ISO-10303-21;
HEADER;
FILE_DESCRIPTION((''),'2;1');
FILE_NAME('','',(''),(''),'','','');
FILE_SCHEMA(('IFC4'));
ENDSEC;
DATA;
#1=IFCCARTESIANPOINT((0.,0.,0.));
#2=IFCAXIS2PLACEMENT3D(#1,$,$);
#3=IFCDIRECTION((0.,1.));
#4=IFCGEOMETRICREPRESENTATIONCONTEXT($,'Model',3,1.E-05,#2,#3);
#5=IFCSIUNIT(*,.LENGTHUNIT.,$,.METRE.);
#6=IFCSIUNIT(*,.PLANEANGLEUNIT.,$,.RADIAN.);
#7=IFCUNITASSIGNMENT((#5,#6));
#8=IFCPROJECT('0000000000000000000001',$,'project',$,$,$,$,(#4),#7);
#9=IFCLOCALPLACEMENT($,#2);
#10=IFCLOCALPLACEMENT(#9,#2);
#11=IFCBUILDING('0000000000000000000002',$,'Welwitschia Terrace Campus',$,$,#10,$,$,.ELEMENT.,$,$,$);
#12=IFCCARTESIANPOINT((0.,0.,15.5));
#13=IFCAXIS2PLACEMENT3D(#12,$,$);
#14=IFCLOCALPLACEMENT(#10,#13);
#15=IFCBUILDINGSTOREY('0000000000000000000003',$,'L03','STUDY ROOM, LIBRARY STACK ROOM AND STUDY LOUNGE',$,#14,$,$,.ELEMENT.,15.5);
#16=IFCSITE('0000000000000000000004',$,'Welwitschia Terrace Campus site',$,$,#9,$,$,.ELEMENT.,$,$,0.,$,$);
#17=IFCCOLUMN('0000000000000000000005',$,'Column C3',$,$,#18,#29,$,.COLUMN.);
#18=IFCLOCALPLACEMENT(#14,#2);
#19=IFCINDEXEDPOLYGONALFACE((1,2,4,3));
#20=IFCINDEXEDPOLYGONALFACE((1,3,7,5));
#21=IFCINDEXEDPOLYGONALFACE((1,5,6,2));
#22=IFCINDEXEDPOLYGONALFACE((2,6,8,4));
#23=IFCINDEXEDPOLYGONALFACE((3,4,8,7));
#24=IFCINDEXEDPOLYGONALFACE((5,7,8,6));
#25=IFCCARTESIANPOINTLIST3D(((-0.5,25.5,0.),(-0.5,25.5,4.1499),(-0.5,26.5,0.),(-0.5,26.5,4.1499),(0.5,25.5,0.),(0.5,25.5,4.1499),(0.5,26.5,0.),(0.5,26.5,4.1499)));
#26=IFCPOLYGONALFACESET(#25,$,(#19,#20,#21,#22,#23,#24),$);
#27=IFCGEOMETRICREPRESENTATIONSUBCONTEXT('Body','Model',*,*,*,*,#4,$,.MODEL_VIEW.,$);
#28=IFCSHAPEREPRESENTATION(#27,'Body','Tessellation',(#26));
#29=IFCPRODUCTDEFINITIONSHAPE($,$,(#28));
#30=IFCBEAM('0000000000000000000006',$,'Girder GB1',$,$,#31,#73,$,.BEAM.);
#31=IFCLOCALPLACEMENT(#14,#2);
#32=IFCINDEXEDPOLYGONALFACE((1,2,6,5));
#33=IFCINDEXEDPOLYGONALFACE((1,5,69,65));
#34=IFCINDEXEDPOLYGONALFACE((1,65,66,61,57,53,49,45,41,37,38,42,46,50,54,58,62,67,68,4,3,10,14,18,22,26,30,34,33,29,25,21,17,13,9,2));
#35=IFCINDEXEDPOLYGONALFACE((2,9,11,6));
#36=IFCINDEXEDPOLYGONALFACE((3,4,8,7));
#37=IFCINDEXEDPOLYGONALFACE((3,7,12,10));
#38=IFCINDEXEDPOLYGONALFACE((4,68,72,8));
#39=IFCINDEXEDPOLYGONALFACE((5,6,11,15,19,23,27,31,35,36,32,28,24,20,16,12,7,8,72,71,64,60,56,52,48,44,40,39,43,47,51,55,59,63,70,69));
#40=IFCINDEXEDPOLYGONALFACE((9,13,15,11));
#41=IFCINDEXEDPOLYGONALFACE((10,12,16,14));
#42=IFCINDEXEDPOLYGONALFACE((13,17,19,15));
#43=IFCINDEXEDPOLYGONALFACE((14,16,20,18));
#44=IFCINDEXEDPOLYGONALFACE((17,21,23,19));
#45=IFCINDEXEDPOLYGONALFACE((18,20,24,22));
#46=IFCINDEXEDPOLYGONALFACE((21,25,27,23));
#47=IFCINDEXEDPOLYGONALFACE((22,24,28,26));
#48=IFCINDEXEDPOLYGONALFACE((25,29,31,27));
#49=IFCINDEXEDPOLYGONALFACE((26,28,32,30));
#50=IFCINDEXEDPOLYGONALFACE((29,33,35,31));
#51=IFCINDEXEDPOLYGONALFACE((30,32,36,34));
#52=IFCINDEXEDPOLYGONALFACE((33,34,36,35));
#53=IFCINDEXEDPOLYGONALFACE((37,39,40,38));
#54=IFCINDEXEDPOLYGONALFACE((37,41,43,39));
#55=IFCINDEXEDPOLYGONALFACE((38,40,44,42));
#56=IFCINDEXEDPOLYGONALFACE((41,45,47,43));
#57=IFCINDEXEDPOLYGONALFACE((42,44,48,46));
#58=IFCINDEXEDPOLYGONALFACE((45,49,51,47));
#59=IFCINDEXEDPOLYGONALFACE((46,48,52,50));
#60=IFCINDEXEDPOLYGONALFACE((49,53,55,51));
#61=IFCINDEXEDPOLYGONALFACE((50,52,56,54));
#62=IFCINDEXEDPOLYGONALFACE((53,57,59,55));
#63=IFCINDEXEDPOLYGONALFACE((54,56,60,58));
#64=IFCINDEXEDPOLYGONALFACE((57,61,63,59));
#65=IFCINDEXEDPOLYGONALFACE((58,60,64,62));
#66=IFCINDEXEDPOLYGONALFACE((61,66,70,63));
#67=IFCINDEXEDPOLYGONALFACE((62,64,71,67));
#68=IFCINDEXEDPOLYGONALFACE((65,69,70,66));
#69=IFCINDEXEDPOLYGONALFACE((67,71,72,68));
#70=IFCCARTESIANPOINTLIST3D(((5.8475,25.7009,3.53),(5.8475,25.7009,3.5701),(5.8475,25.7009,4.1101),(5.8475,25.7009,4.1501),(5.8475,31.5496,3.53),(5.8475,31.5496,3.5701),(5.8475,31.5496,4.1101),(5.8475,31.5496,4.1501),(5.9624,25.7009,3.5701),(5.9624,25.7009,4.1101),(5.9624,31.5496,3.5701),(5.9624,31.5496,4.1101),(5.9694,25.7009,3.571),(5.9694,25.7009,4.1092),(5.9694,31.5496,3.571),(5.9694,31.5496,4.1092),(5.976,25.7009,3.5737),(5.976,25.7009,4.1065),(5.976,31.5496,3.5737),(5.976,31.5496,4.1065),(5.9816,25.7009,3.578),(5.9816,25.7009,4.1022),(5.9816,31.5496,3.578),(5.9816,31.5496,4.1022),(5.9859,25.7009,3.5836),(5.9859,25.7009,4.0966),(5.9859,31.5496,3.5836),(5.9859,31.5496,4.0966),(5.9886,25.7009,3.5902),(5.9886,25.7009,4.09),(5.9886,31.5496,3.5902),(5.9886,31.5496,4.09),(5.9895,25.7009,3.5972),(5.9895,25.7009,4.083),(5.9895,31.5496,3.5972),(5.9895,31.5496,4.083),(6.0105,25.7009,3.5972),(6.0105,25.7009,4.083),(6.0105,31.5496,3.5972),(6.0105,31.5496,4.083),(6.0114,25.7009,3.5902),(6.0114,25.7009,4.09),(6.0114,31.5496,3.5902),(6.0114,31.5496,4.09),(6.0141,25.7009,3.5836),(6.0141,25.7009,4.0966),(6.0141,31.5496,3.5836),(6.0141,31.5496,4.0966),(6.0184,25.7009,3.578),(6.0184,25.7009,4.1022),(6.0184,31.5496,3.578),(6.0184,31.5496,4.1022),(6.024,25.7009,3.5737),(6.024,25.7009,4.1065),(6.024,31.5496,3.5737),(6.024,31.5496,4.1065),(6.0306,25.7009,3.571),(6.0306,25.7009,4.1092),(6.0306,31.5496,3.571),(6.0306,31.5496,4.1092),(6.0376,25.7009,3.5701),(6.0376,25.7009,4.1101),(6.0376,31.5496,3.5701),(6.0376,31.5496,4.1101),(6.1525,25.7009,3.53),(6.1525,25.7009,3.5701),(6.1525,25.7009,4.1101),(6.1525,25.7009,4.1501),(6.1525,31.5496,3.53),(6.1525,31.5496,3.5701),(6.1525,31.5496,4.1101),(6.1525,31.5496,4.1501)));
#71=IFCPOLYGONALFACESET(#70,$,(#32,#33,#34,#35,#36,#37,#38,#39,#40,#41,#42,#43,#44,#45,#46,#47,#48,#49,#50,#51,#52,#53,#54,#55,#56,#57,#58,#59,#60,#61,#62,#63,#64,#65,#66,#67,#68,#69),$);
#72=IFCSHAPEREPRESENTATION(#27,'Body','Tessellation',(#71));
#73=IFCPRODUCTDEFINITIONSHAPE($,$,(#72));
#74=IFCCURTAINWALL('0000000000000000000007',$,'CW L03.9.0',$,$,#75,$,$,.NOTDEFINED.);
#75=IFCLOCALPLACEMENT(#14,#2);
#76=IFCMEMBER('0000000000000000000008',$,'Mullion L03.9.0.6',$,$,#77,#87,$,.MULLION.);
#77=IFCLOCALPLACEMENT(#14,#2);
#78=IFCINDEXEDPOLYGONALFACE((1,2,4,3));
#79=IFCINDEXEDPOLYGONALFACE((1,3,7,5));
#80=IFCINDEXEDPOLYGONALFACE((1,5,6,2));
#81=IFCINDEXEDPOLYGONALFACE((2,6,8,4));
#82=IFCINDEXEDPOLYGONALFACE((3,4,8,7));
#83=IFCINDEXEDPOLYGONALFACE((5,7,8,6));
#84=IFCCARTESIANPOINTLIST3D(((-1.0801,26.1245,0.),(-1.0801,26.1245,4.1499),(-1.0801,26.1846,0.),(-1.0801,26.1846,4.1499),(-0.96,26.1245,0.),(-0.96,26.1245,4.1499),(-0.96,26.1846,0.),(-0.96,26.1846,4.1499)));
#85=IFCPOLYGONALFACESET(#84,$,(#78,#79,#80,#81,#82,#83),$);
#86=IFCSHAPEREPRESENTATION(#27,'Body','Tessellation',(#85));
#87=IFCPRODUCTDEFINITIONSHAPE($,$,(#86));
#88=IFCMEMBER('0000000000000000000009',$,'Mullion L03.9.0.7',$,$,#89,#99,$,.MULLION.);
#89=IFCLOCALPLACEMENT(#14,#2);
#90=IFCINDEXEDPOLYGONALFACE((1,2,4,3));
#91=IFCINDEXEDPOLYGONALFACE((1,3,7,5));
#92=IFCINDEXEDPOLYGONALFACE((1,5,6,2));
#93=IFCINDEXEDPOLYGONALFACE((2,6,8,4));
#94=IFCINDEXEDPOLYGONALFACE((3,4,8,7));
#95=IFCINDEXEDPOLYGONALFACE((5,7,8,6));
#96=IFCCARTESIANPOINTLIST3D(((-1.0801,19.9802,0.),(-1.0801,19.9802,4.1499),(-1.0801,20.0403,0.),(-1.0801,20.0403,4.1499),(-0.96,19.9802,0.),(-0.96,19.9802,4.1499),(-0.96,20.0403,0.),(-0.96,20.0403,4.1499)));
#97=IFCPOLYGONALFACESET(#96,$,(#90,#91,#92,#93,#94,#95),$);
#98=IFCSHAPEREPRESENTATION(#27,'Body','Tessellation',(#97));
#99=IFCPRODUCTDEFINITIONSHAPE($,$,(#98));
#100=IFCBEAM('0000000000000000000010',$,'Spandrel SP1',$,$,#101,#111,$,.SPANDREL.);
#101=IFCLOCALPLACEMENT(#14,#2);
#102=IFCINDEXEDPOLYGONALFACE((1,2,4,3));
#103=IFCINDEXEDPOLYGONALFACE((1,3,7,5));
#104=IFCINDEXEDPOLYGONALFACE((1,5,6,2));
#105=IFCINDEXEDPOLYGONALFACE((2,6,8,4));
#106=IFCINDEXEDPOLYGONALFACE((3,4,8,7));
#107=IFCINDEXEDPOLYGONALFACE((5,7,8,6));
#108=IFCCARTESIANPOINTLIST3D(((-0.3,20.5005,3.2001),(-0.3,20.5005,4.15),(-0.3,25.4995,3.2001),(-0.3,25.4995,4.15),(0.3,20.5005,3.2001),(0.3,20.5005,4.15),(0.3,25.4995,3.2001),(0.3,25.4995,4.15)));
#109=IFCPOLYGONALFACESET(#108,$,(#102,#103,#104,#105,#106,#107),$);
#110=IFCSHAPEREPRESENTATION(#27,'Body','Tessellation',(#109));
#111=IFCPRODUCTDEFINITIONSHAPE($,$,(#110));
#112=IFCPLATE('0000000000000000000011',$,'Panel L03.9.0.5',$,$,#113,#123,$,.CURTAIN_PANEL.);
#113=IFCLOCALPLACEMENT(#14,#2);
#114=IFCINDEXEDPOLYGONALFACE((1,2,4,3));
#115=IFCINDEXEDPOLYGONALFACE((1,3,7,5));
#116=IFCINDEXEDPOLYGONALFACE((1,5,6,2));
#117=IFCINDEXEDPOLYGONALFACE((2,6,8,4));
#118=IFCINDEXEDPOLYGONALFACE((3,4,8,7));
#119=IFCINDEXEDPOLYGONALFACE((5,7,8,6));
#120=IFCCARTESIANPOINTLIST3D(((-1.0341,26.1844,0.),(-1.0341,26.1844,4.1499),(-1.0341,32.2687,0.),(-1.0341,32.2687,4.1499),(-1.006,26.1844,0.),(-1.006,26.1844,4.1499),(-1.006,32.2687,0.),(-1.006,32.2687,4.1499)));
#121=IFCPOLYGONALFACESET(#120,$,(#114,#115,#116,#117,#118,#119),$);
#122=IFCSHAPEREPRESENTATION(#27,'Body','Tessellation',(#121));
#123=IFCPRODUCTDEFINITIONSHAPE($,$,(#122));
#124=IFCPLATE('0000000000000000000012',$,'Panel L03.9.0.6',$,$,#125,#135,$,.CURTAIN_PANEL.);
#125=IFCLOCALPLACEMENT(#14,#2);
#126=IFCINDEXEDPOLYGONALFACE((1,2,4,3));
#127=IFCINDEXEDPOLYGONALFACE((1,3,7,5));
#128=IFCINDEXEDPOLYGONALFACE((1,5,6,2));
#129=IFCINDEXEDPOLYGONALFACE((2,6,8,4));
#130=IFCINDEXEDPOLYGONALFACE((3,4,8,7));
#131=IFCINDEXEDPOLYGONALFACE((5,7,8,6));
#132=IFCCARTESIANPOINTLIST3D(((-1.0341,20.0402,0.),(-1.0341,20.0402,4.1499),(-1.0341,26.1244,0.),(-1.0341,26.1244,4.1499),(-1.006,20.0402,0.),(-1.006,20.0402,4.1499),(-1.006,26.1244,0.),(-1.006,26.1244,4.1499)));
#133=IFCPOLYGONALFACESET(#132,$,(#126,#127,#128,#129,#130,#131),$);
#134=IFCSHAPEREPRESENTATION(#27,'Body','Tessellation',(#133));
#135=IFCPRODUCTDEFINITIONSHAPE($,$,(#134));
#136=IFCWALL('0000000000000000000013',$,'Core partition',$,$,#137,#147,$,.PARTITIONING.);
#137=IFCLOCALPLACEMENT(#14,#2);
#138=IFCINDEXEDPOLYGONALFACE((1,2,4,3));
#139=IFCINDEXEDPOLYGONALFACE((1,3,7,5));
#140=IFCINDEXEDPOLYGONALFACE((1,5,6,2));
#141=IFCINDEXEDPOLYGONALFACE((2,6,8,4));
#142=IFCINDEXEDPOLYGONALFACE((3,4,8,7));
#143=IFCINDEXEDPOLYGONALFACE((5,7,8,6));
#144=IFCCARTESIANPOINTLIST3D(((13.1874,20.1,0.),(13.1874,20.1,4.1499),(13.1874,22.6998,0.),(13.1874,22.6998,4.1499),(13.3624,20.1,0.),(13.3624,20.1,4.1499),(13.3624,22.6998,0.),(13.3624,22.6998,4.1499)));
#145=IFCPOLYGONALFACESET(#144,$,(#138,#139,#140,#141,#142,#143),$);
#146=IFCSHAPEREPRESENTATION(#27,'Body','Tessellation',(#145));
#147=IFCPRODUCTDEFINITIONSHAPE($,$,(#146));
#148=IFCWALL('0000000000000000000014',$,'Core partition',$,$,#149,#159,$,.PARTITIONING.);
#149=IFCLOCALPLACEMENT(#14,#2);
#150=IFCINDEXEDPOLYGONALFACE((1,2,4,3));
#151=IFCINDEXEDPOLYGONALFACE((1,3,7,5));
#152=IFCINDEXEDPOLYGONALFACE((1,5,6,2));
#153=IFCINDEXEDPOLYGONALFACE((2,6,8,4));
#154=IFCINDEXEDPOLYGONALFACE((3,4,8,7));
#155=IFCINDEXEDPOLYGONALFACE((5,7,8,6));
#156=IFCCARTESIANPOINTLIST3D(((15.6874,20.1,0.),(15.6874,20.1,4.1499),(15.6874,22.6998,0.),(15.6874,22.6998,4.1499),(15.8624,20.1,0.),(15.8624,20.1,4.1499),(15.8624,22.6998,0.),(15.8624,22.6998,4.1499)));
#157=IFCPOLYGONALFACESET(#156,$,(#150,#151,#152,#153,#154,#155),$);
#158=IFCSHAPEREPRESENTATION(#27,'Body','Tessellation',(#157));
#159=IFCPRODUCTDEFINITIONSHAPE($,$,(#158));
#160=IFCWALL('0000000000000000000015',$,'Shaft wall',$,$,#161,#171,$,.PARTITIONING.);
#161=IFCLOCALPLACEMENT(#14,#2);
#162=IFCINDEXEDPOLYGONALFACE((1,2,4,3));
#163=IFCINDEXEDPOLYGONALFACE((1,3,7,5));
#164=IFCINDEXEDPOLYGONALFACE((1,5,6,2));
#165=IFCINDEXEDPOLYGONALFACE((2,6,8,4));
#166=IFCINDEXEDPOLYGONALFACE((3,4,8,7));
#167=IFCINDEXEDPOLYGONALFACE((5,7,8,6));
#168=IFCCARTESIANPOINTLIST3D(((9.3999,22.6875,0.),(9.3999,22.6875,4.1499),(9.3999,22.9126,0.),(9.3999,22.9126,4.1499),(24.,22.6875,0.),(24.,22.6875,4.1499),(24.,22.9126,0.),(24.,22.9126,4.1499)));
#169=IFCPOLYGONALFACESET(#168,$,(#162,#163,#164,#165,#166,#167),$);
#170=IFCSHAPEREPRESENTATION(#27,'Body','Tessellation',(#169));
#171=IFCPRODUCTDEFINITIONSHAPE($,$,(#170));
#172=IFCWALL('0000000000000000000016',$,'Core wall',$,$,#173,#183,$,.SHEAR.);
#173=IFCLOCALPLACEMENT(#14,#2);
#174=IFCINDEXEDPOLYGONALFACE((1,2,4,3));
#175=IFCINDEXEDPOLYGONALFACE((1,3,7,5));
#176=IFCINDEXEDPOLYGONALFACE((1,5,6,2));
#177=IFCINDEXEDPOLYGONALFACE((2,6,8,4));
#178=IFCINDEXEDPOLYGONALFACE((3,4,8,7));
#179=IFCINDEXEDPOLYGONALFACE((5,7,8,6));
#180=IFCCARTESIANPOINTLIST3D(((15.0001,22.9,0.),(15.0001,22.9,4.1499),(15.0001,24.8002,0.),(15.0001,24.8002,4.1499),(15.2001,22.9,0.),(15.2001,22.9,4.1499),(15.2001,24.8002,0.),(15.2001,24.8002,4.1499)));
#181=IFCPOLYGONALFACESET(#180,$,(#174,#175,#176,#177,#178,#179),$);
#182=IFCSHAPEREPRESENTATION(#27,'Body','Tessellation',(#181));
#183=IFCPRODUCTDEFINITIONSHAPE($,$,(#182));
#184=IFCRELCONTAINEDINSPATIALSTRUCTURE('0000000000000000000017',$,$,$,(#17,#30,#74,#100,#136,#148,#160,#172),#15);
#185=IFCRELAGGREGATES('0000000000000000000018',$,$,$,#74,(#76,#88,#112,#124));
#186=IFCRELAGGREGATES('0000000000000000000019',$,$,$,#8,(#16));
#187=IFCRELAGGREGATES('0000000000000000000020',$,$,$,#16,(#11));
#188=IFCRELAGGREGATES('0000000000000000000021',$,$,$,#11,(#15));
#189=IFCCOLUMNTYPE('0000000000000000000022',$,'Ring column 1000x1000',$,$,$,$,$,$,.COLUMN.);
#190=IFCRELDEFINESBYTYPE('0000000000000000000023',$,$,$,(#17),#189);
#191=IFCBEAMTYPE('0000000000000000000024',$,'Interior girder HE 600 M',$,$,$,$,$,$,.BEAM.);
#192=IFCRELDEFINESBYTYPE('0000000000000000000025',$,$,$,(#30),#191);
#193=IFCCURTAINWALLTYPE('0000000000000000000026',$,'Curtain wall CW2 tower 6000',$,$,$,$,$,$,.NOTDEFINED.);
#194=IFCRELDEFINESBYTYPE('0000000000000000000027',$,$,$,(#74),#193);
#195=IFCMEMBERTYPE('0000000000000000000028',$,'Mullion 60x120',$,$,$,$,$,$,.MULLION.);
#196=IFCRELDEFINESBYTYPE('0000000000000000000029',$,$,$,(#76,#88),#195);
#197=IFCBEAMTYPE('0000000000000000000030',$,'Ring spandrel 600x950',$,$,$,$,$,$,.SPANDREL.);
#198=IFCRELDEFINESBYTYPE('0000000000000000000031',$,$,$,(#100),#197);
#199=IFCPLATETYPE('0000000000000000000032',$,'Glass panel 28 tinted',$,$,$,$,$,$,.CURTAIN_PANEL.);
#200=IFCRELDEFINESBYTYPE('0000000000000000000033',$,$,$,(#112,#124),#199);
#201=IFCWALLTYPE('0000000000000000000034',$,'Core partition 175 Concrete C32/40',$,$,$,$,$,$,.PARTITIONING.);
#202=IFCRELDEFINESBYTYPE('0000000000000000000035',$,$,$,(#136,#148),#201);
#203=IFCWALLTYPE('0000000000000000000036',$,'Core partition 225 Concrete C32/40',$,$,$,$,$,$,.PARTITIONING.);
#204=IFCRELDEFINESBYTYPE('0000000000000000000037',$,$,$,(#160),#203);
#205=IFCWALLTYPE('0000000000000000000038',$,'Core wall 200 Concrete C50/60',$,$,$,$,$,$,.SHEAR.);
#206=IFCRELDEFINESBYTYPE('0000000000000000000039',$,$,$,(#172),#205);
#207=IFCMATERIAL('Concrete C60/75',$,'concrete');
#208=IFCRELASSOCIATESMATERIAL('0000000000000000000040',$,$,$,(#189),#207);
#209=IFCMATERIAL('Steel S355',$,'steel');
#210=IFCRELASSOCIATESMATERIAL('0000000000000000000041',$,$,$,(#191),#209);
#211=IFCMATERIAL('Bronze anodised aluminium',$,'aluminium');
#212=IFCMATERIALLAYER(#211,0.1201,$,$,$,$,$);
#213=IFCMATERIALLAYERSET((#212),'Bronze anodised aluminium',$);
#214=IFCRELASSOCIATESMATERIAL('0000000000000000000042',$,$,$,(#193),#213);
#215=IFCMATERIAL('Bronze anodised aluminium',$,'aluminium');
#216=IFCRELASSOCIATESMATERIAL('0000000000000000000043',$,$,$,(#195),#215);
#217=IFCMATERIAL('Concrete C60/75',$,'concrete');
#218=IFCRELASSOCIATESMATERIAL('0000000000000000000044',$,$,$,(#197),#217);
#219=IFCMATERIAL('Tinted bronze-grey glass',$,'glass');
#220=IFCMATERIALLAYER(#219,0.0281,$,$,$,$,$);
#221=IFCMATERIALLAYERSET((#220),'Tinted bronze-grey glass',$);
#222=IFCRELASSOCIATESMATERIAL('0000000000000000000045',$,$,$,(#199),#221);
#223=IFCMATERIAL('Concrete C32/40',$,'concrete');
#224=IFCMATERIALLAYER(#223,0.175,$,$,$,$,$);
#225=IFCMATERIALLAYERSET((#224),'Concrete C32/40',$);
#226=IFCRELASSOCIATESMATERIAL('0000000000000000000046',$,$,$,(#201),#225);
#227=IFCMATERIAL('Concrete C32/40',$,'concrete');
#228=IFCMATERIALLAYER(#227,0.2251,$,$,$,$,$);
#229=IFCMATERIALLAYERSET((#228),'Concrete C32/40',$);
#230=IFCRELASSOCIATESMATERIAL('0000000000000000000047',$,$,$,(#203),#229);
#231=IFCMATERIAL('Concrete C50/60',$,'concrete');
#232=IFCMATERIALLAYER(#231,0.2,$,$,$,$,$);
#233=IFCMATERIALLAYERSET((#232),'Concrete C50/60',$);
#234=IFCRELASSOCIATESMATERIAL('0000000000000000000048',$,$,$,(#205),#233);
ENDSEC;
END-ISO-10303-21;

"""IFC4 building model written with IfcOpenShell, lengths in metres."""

from ifc_helpers import new_model, si_unit, direction, frame, frame_2d, origin, origin_2d, place, context, subcontext, project, spatial, rectangle, i_section, extrude, material, layer, layer_set, material_profile, profile_set, type_object, element, aggregate, save


model = new_model("IFC4")

# Units and contexts
model_context = context("Model", 3, precision=1e-05, world=origin(), true_north=direction((0.0, 1.0)))
body_context = subcontext(model_context, "Body", "Model", "MODEL_VIEW")
ifc_project = project(units=[si_unit("LENGTHUNIT", "METRE"), si_unit("PLANEANGLEUNIT", "RADIAN")], contexts=[model_context])

# Site, building, storey
site_placement = place(None, origin())
site = spatial("IfcSite", under=ifc_project, at=site_placement, Name="Welwitschia Terrace Campus site", CompositionType="ELEMENT", RefElevation=0.0)
building_placement = place(site_placement, origin())
building = spatial("IfcBuilding", under=site, at=building_placement, Name="Welwitschia Terrace Campus", CompositionType="ELEMENT")
storey_placement = place(building_placement, frame((0.0, 0.0, 15.5)))
storey = spatial("IfcBuildingStorey", under=building, at=storey_placement, Name="L03", Description="STUDY ROOM, LIBRARY STACK ROOM AND STUDY LOUNGE", CompositionType="ELEMENT", Elevation=15.5)

# Column
ifc_material_1 = material(Name="Concrete C60/75", Category="concrete")
ifc_material_profile_1 = material_profile(ifc_material_1, rectangle(XDim=1.0, YDim=1.0, at=origin_2d()))
ifc_profile_set_1 = profile_set([ifc_material_profile_1], Name="Concrete C60/75")
column_type = type_object("IfcColumnType", Name="Ring column 1000x1000", PredefinedType="COLUMN", material=ifc_profile_set_1)
column_placement = place(storey_placement, frame((0.0, 26.0, 0.0), z_axis=(0.0, 0.0, 1.0), x_axis=(1.0, 0.0, 0.0)))
element("IfcColumn", 1, at=column_placement, inside=storey, type_object=column_type, Name="Column C3", PredefinedType="COLUMN", context=body_context, shape_type="SweptSolid", body=[
    extrude(rectangle(XDim=1.0, YDim=1.0, at=origin_2d()), origin(), (0.0, 0.0, 1.0), 4.1499),
])

# Beam
ifc_material_2 = material(Name="Steel S355", Category="steel")
ifc_material_profile_2 = material_profile(ifc_material_2, i_section(OverallWidth=0.3049, OverallDepth=0.6201, WebThickness=0.021, FlangeThickness=0.04, FilletRadius=0.0271, at=origin_2d()))
ifc_profile_set_2 = profile_set([ifc_material_profile_2], Name="Steel S355")
beam_type_1 = type_object("IfcBeamType", Name="Interior girder HE 600 M", PredefinedType="BEAM", material=ifc_profile_set_2)
beam_1_placement = place(storey_placement, frame((6.0, 25.7009, 3.8401), z_axis=(0.0, 1.0, 0.0), x_axis=(-1.0, 0.0, 0.0)))
element("IfcBeam", 2, at=beam_1_placement, inside=storey, type_object=beam_type_1, Name="Girder GB1", PredefinedType="BEAM", context=body_context, shape_type="SweptSolid", body=[
    extrude(i_section(OverallWidth=0.3049, OverallDepth=0.6201, WebThickness=0.021, FlangeThickness=0.04, FilletRadius=0.0271, at=origin_2d()), origin(), (0.0, 0.0, 1.0), 5.8486),
])

# Curtain wall, members
ifc_material_3 = material(Name="Bronze anodised aluminium", Category="aluminium")
ifc_layer_1 = layer(ifc_material_3, 0.1201)
ifc_layer_set_1 = layer_set([ifc_layer_1], Name="Bronze anodised aluminium")
curtain_wall_type = type_object("IfcCurtainWallType", Name="Curtain wall CW2 tower 6000", PredefinedType="NOTDEFINED", material=ifc_layer_set_1)
curtain_wall_placement = place(storey_placement, origin())
curtain_wall = element("IfcCurtainWall", 3, at=curtain_wall_placement, inside=storey, type_object=curtain_wall_type, Name="CW L03.9.0", PredefinedType="NOTDEFINED")
ifc_material_4 = material(Name="Bronze anodised aluminium", Category="aluminium")
ifc_material_profile_3 = material_profile(ifc_material_4, rectangle(XDim=0.1201, YDim=0.0601, at=origin_2d()))
ifc_profile_set_3 = profile_set([ifc_material_profile_3], Name="Bronze anodised aluminium")
member_type = type_object("IfcMemberType", Name="Mullion 60x120", PredefinedType="MULLION", material=ifc_profile_set_3)
member_1_placement = place(storey_placement, frame((-1.02, 26.1545, 0.0), z_axis=(0.0, 0.0, 1.0), x_axis=(1.0, 0.0, 0.0)))
member_1 = element("IfcMember", 4, at=member_1_placement, type_object=member_type, Name="Mullion L03.9.0.6", PredefinedType="MULLION", context=body_context, shape_type="SweptSolid", body=[
    extrude(rectangle(XDim=0.1201, YDim=0.0601, at=origin_2d()), origin(), (0.0, 0.0, 1.0), 4.1499),
])
member_2_placement = place(storey_placement, frame((-1.02, 20.0103, 0.0), z_axis=(0.0, 0.0, 1.0), x_axis=(1.0, 0.0, 0.0)))
member_2 = element("IfcMember", 5, at=member_2_placement, type_object=member_type, Name="Mullion L03.9.0.7", PredefinedType="MULLION", context=body_context, shape_type="SweptSolid", body=[
    extrude(rectangle(XDim=0.1201, YDim=0.0601, at=origin_2d()), origin(), (0.0, 0.0, 1.0), 4.1499),
])

# Beam
ifc_material_5 = material(Name="Concrete C60/75", Category="concrete")
ifc_material_profile_4 = material_profile(ifc_material_5, rectangle(XDim=0.6001, YDim=0.95, at=origin_2d()))
ifc_profile_set_4 = profile_set([ifc_material_profile_4], Name="Concrete C60/75")
beam_type_2 = type_object("IfcBeamType", Name="Ring spandrel 600x950", PredefinedType="SPANDREL", material=ifc_profile_set_4)
beam_2_placement = place(storey_placement, frame((0.0, 25.4995, 3.675), z_axis=(0.0, -1.0, 0.0), x_axis=(1.0, 0.0, 0.0)))
element("IfcBeam", 6, at=beam_2_placement, inside=storey, type_object=beam_type_2, Name="Spandrel SP1", PredefinedType="SPANDREL", context=body_context, shape_type="SweptSolid", body=[
    extrude(rectangle(XDim=0.6001, YDim=0.95, at=origin_2d()), origin(), (0.0, 0.0, 1.0), 4.999),
])

# Plates
ifc_material_6 = material(Name="Tinted bronze-grey glass", Category="glass")
ifc_layer_2 = layer(ifc_material_6, 0.0281)
ifc_layer_set_2 = layer_set([ifc_layer_2], Name="Tinted bronze-grey glass")
plate_type = type_object("IfcPlateType", Name="Glass panel 28 tinted", PredefinedType="CURTAIN_PANEL", material=ifc_layer_set_2)
plate_1_placement = place(storey_placement, frame((-1.02, 29.2266, 0.0), z_axis=(0.0, 0.0, 1.0), x_axis=(0.0, -1.0, 0.0)))
plate_1 = element("IfcPlate", 7, at=plate_1_placement, type_object=plate_type, Name="Panel L03.9.0.5", PredefinedType="CURTAIN_PANEL", context=body_context, shape_type="SweptSolid", body=[
    extrude(rectangle(XDim=6.0842, YDim=0.0281, at=origin_2d()), origin(), (0.0, 0.0, 1.0), 4.1499),
])
plate_2_placement = place(storey_placement, frame((-1.02, 23.0823, 0.0), z_axis=(0.0, 0.0, 1.0), x_axis=(0.0, -1.0, 0.0)))
plate_2 = element("IfcPlate", 8, at=plate_2_placement, type_object=plate_type, Name="Panel L03.9.0.6", PredefinedType="CURTAIN_PANEL", context=body_context, shape_type="SweptSolid", body=[
    extrude(rectangle(XDim=6.0842, YDim=0.0281, at=origin_2d()), origin(), (0.0, 0.0, 1.0), 4.1499),
])
aggregate(curtain_wall, [member_1, member_2, plate_1, plate_2])

# Walls
ifc_material_7 = material(Name="Concrete C32/40", Category="concrete")
ifc_layer_3 = layer(ifc_material_7, 0.175)
ifc_layer_set_3 = layer_set([ifc_layer_3], Name="Concrete C32/40")
wall_type_1 = type_object("IfcWallType", Name="Core partition 175 Concrete C32/40", PredefinedType="PARTITIONING", material=ifc_layer_set_3)
for number, where, z_axis, x_axis, name in (
    (9, (13.2749, 20.1001, 0.0), (0.0, 0.0, 1.0), (0.0, 1.0, 0.0), "Core partition"),
    (10, (15.7749, 20.1001, 0.0), (0.0, 0.0, 1.0), (0.0, 1.0, 0.0), "Core partition"),
):
    element("IfcWall", number, at=place(storey_placement, frame(where, z_axis=z_axis, x_axis=x_axis)), inside=storey, type_object=wall_type_1, Name=name, PredefinedType="PARTITIONING", context=body_context, shape_type="SweptSolid", body=[
        extrude(rectangle(XDim=2.5999, YDim=0.175, at=frame_2d((1.2998, 0.0))), origin(), (0.0, 0.0, 1.0), 4.1499),
    ])
ifc_material_8 = material(Name="Concrete C32/40", Category="concrete")
ifc_layer_4 = layer(ifc_material_8, 0.2251)
ifc_layer_set_4 = layer_set([ifc_layer_4], Name="Concrete C32/40")
wall_type_2 = type_object("IfcWallType", Name="Core partition 225 Concrete C32/40", PredefinedType="PARTITIONING", material=ifc_layer_set_4)
wall_1_placement = place(storey_placement, frame((9.3999, 22.8, 0.0), z_axis=(0.0, 0.0, 1.0), x_axis=(1.0, 0.0, 0.0)))
element("IfcWall", 11, at=wall_1_placement, inside=storey, type_object=wall_type_2, Name="Shaft wall", PredefinedType="PARTITIONING", context=body_context, shape_type="SweptSolid", body=[
    extrude(rectangle(XDim=14.6001, YDim=0.2251, at=frame_2d((7.3, 0.0))), origin(), (0.0, 0.0, 1.0), 4.1499),
])
ifc_material_9 = material(Name="Concrete C50/60", Category="concrete")
ifc_layer_5 = layer(ifc_material_9, 0.2)
ifc_layer_set_5 = layer_set([ifc_layer_5], Name="Concrete C50/60")
wall_type_3 = type_object("IfcWallType", Name="Core wall 200 Concrete C50/60", PredefinedType="SHEAR", material=ifc_layer_set_5)
wall_2_placement = place(storey_placement, frame((15.1001, 22.8999, 0.0), z_axis=(0.0, 0.0, 1.0), x_axis=(0.0, 1.0, 0.0)))
element("IfcWall", 12, at=wall_2_placement, inside=storey, type_object=wall_type_3, Name="Core wall", PredefinedType="SHEAR", context=body_context, shape_type="SweptSolid", body=[
    extrude(rectangle(XDim=1.9001, YDim=0.2, at=frame_2d((0.9502, 0.0))), origin(), (0.0, 0.0, 1.0), 4.1499),
])

save(model, "model.ifc")
